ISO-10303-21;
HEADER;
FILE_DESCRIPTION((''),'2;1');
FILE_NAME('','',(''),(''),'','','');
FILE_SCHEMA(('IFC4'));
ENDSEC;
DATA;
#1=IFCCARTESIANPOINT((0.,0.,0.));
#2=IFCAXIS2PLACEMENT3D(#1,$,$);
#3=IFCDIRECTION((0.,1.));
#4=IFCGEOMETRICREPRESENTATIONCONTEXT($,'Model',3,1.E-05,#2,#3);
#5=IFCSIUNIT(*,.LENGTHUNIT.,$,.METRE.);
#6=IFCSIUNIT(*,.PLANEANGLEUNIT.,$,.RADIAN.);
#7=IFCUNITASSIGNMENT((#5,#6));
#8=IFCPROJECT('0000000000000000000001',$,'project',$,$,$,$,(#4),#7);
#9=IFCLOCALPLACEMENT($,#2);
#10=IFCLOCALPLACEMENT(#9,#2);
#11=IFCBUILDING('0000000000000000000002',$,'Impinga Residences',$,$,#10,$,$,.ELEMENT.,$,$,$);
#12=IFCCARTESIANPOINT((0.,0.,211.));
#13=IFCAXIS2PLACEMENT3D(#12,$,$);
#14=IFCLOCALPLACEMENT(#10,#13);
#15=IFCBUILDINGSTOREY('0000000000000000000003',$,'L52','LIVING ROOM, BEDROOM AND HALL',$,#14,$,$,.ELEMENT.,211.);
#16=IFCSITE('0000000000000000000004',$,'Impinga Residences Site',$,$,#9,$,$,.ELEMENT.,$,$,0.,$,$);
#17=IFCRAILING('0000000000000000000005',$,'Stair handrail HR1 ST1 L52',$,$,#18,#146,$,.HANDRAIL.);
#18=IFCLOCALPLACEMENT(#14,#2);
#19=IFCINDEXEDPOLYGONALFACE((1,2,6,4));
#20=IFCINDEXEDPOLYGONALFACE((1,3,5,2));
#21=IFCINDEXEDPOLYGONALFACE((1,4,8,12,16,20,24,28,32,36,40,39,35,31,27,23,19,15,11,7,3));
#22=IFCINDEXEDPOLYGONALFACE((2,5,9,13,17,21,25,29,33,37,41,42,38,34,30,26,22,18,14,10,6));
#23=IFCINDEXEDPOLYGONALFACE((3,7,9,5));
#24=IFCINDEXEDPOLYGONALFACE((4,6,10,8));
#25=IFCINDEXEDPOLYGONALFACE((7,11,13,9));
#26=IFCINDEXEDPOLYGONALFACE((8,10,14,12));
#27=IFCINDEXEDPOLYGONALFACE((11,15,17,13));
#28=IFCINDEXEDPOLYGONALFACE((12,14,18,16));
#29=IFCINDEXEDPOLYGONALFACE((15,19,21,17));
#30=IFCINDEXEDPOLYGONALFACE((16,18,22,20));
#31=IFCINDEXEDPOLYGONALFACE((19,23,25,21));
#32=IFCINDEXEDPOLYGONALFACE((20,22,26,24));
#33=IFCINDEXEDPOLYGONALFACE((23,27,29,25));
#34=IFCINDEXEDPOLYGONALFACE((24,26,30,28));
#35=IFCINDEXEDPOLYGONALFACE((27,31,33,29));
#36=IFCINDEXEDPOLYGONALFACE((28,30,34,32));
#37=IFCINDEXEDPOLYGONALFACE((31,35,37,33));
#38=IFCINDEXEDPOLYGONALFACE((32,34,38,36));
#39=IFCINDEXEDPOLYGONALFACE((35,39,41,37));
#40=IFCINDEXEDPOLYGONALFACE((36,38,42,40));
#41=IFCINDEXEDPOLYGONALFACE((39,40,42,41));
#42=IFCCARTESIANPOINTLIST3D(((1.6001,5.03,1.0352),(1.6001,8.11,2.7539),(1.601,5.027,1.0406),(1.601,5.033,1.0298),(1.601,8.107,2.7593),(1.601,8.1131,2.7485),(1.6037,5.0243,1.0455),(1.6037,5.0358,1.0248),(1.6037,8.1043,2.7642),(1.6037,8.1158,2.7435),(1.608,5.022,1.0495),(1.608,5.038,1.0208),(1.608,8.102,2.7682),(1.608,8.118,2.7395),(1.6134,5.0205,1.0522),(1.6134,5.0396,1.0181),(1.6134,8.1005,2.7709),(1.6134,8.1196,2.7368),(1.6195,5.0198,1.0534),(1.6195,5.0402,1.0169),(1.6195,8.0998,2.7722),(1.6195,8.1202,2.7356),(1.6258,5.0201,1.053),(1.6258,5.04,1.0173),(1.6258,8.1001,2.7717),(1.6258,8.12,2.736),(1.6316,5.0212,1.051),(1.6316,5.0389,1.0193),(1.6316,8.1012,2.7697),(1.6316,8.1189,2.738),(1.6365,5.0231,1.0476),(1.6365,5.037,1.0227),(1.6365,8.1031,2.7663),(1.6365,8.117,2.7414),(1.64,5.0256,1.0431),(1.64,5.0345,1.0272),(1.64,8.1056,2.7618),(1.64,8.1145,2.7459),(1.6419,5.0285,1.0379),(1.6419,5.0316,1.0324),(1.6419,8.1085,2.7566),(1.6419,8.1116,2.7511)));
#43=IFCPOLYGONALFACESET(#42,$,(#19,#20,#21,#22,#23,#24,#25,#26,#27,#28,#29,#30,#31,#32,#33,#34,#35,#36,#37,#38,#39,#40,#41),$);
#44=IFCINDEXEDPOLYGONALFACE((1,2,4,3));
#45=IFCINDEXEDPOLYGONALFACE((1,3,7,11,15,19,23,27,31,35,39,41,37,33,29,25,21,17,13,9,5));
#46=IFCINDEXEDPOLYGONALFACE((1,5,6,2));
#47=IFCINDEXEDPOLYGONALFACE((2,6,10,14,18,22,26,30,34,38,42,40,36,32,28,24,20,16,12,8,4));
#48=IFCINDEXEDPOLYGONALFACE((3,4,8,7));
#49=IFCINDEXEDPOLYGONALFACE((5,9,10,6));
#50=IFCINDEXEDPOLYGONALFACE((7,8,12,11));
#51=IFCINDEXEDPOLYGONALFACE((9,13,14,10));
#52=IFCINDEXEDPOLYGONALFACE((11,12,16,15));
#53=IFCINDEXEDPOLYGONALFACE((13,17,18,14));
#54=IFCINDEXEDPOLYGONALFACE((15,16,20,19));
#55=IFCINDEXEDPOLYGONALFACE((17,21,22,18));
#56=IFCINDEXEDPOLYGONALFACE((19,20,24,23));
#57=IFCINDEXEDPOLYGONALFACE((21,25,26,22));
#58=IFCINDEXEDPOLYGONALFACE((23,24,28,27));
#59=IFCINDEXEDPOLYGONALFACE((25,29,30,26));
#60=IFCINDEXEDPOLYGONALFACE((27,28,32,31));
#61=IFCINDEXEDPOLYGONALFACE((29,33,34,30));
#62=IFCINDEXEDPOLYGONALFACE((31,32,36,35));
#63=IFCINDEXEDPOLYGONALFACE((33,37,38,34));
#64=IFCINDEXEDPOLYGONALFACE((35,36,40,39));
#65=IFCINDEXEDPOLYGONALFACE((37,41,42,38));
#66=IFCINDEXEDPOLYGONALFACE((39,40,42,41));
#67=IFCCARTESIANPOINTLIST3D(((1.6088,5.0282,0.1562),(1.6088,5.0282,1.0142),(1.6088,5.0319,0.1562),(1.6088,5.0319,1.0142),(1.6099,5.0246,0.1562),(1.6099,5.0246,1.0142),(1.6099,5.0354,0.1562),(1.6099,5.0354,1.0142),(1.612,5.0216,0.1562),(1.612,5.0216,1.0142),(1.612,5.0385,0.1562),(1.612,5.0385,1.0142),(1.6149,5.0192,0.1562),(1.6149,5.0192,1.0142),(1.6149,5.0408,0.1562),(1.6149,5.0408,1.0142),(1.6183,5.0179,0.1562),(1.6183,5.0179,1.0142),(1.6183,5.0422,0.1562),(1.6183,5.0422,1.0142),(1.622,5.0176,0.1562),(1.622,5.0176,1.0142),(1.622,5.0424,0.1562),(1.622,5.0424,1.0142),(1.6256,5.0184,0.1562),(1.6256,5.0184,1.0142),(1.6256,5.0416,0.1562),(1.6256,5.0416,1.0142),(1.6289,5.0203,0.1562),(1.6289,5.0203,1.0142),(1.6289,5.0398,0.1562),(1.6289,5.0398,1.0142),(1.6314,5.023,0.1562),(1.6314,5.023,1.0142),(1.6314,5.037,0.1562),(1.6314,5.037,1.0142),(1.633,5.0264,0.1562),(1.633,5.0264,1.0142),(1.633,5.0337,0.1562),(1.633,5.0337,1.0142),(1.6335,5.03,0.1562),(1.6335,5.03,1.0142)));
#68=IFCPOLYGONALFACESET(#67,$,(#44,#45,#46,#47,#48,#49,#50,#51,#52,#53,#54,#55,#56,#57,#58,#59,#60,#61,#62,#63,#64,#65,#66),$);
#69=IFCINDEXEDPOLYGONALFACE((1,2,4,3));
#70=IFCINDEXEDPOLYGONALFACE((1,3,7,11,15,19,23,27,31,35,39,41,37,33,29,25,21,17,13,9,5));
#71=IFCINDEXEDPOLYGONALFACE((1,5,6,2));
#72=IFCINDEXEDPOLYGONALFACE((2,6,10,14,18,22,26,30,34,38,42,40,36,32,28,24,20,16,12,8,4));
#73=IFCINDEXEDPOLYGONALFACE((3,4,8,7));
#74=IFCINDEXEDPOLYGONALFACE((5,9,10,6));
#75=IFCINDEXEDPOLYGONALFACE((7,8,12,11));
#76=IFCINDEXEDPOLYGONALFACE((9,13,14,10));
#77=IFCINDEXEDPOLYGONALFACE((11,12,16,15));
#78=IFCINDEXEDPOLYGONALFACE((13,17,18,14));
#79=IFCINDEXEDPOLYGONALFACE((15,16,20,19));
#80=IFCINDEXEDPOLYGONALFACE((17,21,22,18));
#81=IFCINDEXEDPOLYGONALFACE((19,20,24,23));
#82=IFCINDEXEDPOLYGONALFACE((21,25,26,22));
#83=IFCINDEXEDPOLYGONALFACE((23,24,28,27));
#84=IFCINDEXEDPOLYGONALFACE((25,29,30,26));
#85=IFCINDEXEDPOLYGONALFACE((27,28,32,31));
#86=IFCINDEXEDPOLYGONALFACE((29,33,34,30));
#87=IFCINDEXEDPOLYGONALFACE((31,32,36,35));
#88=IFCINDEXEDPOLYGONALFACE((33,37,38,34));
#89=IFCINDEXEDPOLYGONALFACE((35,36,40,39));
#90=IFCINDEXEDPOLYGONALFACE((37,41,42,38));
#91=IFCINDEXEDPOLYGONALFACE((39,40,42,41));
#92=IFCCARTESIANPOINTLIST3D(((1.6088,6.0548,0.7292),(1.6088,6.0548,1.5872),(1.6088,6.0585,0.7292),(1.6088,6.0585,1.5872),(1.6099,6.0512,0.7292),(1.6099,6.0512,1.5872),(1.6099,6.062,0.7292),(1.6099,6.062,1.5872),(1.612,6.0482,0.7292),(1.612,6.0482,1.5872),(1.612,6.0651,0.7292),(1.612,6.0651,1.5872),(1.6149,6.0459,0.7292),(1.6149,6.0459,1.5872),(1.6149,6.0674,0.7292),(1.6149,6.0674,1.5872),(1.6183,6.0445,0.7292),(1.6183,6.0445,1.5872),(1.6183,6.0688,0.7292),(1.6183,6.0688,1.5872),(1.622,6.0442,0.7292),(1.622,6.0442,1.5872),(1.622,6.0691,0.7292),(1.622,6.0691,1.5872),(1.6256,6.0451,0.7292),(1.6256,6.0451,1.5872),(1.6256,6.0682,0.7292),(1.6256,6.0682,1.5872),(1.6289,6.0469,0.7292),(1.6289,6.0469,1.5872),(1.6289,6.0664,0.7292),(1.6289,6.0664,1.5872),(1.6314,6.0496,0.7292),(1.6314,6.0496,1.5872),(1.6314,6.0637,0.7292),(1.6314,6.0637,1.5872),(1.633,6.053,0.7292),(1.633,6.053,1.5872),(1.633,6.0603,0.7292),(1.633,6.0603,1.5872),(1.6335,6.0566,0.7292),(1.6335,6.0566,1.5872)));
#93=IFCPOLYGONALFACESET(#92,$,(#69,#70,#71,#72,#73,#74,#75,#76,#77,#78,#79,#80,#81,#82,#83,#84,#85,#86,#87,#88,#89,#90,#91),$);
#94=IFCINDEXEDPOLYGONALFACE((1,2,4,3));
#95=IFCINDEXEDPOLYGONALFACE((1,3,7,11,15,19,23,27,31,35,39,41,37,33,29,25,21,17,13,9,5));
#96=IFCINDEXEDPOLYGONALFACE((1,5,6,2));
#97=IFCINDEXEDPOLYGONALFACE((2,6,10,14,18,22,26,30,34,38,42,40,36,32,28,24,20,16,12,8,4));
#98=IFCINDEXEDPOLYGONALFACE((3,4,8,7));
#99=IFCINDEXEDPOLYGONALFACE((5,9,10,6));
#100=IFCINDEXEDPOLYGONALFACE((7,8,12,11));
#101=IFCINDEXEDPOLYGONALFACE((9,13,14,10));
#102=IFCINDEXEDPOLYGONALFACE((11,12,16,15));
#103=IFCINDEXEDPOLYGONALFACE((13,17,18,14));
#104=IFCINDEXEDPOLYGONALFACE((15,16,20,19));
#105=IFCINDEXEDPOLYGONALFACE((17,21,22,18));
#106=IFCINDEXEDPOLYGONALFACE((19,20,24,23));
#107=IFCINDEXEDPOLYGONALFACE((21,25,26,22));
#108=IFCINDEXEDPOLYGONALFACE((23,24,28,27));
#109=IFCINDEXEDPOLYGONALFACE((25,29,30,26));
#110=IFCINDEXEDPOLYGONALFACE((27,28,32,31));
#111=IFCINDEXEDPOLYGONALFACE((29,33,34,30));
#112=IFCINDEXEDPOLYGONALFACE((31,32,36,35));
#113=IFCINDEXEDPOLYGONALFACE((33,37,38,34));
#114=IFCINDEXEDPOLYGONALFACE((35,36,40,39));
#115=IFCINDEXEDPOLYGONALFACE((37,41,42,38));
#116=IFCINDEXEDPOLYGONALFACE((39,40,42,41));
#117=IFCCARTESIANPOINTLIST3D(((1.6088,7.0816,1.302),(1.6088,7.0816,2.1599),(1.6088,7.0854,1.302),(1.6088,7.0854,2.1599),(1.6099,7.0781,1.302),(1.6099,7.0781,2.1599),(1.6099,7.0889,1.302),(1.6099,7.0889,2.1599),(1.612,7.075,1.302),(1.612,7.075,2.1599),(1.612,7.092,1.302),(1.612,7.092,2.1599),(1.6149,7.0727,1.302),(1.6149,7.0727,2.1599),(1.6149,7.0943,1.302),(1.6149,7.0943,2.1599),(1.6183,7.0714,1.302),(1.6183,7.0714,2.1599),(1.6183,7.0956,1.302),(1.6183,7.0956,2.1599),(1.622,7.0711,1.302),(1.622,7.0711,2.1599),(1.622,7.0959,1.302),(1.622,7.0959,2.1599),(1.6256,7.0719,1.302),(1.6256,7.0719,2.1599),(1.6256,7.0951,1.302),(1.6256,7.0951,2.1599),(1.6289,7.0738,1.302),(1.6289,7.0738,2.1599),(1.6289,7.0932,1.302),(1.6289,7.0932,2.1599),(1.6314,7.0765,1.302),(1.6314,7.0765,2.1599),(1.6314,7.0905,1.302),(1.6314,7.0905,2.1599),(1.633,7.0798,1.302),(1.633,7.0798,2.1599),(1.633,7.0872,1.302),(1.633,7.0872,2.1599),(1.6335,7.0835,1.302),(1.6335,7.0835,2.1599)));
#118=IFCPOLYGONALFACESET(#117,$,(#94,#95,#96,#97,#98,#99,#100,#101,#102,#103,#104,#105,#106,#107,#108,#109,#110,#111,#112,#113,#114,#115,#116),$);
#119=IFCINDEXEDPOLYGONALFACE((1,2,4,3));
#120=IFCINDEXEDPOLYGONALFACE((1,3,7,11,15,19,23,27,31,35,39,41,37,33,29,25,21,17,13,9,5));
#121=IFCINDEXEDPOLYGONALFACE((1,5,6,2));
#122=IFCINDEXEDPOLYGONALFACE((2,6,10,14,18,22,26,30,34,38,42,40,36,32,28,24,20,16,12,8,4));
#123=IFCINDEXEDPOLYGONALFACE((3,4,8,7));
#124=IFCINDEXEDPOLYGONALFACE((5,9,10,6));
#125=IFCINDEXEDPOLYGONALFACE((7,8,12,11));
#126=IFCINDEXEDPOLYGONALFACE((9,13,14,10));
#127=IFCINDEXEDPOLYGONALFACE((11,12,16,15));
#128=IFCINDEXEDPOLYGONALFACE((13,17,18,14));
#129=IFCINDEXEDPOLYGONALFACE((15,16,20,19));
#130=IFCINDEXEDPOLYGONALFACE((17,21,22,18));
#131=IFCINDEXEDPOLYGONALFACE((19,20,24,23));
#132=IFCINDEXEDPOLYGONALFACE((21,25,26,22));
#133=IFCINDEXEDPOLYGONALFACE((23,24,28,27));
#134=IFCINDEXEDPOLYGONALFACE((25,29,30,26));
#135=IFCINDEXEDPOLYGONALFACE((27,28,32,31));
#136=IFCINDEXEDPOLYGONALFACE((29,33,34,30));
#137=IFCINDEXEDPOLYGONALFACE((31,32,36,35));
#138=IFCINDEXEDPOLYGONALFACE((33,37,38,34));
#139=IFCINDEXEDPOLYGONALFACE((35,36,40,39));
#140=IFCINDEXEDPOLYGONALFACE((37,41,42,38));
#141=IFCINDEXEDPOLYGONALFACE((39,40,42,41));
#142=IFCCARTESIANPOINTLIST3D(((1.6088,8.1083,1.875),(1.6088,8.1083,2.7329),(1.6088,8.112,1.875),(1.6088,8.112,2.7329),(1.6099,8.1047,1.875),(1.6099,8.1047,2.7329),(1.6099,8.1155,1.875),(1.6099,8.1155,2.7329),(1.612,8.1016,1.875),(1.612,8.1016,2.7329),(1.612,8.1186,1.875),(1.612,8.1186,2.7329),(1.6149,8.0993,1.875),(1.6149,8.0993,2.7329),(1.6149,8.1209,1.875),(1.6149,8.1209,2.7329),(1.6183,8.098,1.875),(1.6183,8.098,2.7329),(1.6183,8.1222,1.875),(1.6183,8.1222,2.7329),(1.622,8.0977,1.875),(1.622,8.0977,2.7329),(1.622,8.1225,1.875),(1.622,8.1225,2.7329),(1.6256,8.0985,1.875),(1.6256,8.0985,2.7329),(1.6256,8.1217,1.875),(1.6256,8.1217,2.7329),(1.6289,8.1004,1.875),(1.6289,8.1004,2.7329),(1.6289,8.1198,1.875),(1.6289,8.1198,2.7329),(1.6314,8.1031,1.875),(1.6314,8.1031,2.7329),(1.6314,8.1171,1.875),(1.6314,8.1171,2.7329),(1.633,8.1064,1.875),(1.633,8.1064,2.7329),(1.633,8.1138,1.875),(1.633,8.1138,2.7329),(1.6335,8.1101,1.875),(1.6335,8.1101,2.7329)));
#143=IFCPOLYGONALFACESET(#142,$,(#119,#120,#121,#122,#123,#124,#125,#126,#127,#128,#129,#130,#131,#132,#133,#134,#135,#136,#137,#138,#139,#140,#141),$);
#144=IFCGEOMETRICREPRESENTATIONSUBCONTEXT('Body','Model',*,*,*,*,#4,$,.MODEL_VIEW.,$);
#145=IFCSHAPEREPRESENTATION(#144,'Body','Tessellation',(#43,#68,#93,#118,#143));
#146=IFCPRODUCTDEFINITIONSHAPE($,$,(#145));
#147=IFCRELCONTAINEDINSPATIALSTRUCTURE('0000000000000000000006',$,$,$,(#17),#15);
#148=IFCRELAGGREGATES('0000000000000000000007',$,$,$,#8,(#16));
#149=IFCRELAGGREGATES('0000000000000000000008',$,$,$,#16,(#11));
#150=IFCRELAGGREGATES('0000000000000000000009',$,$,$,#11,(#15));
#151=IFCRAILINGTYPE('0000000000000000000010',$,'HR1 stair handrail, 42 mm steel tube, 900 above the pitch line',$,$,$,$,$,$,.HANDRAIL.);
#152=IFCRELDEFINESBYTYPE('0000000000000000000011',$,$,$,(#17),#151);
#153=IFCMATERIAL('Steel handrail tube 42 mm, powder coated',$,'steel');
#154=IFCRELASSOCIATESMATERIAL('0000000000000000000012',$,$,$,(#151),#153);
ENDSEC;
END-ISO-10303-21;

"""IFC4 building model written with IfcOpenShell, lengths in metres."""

from ifc_helpers import new_model, si_unit, direction, frame, origin, origin_2d, place, context, subcontext, project, spatial, circle, extrude, material, type_object, element, save


model = new_model("IFC4")

# Units and contexts
model_context = context("Model", 3, precision=1e-05, world=origin(), true_north=direction((0.0, 1.0)))
body_context = subcontext(model_context, "Body", "Model", "MODEL_VIEW")
ifc_project = project(units=[si_unit("LENGTHUNIT", "METRE"), si_unit("PLANEANGLEUNIT", "RADIAN")], contexts=[model_context])

# Site, building, storey
site_placement = place(None, origin())
site = spatial("IfcSite", under=ifc_project, at=site_placement, Name="Impinga Residences Site", CompositionType="ELEMENT", RefElevation=0.0)
building_placement = place(site_placement, origin())
building = spatial("IfcBuilding", under=site, at=building_placement, Name="Impinga Residences", CompositionType="ELEMENT")
storey_placement = place(building_placement, frame((0.0, 0.0, 211.0)))
storey = spatial("IfcBuildingStorey", under=building, at=storey_placement, Name="L52", Description="LIVING ROOM, BEDROOM AND HALL", CompositionType="ELEMENT", Elevation=211.0)

# Railing
ifc_material_1 = material(Name="Steel handrail tube 42 mm, powder coated", Category="steel")
railing_type = type_object("IfcRailingType", Name="HR1 stair handrail, 42 mm steel tube, 900 above the pitch line", PredefinedType="HANDRAIL", material=ifc_material_1)
railing_1_placement = place(storey_placement, frame((1.6211, 5.03, 0.1562)))
element("IfcRailing", 1, at=railing_1_placement, inside=storey, type_object=railing_type, Name="Stair handrail HR1 ST1 L52", PredefinedType="HANDRAIL", context=body_context, shape_type="SweptSolid", body=[
    extrude(circle(Radius=0.021, at=origin_2d()), frame((0.0, 0.0, 0.8789), z_axis=(0.0, 0.873242, 0.487288), x_axis=(-1.0, 0.0, 0.0)), (0.0, 0.0, 1.0), 3.5271),
    extrude(circle(Radius=0.0125, at=origin_2d()), origin(), (0.0, 0.0, 1.0), 0.8579),
    extrude(circle(Radius=0.0125, at=origin_2d()), frame((0.0, 1.0266, 0.573)), (0.0, 0.0, 1.0), 0.8579),
    extrude(circle(Radius=0.0125, at=origin_2d()), frame((0.0, 2.0535, 1.1458)), (0.0, 0.0, 1.0), 0.8579),
    extrude(circle(Radius=0.0125, at=origin_2d()), frame((0.0, 3.0801, 1.7188)), (0.0, 0.0, 1.0), 0.8579),
])

save(model, "model.ifc")
